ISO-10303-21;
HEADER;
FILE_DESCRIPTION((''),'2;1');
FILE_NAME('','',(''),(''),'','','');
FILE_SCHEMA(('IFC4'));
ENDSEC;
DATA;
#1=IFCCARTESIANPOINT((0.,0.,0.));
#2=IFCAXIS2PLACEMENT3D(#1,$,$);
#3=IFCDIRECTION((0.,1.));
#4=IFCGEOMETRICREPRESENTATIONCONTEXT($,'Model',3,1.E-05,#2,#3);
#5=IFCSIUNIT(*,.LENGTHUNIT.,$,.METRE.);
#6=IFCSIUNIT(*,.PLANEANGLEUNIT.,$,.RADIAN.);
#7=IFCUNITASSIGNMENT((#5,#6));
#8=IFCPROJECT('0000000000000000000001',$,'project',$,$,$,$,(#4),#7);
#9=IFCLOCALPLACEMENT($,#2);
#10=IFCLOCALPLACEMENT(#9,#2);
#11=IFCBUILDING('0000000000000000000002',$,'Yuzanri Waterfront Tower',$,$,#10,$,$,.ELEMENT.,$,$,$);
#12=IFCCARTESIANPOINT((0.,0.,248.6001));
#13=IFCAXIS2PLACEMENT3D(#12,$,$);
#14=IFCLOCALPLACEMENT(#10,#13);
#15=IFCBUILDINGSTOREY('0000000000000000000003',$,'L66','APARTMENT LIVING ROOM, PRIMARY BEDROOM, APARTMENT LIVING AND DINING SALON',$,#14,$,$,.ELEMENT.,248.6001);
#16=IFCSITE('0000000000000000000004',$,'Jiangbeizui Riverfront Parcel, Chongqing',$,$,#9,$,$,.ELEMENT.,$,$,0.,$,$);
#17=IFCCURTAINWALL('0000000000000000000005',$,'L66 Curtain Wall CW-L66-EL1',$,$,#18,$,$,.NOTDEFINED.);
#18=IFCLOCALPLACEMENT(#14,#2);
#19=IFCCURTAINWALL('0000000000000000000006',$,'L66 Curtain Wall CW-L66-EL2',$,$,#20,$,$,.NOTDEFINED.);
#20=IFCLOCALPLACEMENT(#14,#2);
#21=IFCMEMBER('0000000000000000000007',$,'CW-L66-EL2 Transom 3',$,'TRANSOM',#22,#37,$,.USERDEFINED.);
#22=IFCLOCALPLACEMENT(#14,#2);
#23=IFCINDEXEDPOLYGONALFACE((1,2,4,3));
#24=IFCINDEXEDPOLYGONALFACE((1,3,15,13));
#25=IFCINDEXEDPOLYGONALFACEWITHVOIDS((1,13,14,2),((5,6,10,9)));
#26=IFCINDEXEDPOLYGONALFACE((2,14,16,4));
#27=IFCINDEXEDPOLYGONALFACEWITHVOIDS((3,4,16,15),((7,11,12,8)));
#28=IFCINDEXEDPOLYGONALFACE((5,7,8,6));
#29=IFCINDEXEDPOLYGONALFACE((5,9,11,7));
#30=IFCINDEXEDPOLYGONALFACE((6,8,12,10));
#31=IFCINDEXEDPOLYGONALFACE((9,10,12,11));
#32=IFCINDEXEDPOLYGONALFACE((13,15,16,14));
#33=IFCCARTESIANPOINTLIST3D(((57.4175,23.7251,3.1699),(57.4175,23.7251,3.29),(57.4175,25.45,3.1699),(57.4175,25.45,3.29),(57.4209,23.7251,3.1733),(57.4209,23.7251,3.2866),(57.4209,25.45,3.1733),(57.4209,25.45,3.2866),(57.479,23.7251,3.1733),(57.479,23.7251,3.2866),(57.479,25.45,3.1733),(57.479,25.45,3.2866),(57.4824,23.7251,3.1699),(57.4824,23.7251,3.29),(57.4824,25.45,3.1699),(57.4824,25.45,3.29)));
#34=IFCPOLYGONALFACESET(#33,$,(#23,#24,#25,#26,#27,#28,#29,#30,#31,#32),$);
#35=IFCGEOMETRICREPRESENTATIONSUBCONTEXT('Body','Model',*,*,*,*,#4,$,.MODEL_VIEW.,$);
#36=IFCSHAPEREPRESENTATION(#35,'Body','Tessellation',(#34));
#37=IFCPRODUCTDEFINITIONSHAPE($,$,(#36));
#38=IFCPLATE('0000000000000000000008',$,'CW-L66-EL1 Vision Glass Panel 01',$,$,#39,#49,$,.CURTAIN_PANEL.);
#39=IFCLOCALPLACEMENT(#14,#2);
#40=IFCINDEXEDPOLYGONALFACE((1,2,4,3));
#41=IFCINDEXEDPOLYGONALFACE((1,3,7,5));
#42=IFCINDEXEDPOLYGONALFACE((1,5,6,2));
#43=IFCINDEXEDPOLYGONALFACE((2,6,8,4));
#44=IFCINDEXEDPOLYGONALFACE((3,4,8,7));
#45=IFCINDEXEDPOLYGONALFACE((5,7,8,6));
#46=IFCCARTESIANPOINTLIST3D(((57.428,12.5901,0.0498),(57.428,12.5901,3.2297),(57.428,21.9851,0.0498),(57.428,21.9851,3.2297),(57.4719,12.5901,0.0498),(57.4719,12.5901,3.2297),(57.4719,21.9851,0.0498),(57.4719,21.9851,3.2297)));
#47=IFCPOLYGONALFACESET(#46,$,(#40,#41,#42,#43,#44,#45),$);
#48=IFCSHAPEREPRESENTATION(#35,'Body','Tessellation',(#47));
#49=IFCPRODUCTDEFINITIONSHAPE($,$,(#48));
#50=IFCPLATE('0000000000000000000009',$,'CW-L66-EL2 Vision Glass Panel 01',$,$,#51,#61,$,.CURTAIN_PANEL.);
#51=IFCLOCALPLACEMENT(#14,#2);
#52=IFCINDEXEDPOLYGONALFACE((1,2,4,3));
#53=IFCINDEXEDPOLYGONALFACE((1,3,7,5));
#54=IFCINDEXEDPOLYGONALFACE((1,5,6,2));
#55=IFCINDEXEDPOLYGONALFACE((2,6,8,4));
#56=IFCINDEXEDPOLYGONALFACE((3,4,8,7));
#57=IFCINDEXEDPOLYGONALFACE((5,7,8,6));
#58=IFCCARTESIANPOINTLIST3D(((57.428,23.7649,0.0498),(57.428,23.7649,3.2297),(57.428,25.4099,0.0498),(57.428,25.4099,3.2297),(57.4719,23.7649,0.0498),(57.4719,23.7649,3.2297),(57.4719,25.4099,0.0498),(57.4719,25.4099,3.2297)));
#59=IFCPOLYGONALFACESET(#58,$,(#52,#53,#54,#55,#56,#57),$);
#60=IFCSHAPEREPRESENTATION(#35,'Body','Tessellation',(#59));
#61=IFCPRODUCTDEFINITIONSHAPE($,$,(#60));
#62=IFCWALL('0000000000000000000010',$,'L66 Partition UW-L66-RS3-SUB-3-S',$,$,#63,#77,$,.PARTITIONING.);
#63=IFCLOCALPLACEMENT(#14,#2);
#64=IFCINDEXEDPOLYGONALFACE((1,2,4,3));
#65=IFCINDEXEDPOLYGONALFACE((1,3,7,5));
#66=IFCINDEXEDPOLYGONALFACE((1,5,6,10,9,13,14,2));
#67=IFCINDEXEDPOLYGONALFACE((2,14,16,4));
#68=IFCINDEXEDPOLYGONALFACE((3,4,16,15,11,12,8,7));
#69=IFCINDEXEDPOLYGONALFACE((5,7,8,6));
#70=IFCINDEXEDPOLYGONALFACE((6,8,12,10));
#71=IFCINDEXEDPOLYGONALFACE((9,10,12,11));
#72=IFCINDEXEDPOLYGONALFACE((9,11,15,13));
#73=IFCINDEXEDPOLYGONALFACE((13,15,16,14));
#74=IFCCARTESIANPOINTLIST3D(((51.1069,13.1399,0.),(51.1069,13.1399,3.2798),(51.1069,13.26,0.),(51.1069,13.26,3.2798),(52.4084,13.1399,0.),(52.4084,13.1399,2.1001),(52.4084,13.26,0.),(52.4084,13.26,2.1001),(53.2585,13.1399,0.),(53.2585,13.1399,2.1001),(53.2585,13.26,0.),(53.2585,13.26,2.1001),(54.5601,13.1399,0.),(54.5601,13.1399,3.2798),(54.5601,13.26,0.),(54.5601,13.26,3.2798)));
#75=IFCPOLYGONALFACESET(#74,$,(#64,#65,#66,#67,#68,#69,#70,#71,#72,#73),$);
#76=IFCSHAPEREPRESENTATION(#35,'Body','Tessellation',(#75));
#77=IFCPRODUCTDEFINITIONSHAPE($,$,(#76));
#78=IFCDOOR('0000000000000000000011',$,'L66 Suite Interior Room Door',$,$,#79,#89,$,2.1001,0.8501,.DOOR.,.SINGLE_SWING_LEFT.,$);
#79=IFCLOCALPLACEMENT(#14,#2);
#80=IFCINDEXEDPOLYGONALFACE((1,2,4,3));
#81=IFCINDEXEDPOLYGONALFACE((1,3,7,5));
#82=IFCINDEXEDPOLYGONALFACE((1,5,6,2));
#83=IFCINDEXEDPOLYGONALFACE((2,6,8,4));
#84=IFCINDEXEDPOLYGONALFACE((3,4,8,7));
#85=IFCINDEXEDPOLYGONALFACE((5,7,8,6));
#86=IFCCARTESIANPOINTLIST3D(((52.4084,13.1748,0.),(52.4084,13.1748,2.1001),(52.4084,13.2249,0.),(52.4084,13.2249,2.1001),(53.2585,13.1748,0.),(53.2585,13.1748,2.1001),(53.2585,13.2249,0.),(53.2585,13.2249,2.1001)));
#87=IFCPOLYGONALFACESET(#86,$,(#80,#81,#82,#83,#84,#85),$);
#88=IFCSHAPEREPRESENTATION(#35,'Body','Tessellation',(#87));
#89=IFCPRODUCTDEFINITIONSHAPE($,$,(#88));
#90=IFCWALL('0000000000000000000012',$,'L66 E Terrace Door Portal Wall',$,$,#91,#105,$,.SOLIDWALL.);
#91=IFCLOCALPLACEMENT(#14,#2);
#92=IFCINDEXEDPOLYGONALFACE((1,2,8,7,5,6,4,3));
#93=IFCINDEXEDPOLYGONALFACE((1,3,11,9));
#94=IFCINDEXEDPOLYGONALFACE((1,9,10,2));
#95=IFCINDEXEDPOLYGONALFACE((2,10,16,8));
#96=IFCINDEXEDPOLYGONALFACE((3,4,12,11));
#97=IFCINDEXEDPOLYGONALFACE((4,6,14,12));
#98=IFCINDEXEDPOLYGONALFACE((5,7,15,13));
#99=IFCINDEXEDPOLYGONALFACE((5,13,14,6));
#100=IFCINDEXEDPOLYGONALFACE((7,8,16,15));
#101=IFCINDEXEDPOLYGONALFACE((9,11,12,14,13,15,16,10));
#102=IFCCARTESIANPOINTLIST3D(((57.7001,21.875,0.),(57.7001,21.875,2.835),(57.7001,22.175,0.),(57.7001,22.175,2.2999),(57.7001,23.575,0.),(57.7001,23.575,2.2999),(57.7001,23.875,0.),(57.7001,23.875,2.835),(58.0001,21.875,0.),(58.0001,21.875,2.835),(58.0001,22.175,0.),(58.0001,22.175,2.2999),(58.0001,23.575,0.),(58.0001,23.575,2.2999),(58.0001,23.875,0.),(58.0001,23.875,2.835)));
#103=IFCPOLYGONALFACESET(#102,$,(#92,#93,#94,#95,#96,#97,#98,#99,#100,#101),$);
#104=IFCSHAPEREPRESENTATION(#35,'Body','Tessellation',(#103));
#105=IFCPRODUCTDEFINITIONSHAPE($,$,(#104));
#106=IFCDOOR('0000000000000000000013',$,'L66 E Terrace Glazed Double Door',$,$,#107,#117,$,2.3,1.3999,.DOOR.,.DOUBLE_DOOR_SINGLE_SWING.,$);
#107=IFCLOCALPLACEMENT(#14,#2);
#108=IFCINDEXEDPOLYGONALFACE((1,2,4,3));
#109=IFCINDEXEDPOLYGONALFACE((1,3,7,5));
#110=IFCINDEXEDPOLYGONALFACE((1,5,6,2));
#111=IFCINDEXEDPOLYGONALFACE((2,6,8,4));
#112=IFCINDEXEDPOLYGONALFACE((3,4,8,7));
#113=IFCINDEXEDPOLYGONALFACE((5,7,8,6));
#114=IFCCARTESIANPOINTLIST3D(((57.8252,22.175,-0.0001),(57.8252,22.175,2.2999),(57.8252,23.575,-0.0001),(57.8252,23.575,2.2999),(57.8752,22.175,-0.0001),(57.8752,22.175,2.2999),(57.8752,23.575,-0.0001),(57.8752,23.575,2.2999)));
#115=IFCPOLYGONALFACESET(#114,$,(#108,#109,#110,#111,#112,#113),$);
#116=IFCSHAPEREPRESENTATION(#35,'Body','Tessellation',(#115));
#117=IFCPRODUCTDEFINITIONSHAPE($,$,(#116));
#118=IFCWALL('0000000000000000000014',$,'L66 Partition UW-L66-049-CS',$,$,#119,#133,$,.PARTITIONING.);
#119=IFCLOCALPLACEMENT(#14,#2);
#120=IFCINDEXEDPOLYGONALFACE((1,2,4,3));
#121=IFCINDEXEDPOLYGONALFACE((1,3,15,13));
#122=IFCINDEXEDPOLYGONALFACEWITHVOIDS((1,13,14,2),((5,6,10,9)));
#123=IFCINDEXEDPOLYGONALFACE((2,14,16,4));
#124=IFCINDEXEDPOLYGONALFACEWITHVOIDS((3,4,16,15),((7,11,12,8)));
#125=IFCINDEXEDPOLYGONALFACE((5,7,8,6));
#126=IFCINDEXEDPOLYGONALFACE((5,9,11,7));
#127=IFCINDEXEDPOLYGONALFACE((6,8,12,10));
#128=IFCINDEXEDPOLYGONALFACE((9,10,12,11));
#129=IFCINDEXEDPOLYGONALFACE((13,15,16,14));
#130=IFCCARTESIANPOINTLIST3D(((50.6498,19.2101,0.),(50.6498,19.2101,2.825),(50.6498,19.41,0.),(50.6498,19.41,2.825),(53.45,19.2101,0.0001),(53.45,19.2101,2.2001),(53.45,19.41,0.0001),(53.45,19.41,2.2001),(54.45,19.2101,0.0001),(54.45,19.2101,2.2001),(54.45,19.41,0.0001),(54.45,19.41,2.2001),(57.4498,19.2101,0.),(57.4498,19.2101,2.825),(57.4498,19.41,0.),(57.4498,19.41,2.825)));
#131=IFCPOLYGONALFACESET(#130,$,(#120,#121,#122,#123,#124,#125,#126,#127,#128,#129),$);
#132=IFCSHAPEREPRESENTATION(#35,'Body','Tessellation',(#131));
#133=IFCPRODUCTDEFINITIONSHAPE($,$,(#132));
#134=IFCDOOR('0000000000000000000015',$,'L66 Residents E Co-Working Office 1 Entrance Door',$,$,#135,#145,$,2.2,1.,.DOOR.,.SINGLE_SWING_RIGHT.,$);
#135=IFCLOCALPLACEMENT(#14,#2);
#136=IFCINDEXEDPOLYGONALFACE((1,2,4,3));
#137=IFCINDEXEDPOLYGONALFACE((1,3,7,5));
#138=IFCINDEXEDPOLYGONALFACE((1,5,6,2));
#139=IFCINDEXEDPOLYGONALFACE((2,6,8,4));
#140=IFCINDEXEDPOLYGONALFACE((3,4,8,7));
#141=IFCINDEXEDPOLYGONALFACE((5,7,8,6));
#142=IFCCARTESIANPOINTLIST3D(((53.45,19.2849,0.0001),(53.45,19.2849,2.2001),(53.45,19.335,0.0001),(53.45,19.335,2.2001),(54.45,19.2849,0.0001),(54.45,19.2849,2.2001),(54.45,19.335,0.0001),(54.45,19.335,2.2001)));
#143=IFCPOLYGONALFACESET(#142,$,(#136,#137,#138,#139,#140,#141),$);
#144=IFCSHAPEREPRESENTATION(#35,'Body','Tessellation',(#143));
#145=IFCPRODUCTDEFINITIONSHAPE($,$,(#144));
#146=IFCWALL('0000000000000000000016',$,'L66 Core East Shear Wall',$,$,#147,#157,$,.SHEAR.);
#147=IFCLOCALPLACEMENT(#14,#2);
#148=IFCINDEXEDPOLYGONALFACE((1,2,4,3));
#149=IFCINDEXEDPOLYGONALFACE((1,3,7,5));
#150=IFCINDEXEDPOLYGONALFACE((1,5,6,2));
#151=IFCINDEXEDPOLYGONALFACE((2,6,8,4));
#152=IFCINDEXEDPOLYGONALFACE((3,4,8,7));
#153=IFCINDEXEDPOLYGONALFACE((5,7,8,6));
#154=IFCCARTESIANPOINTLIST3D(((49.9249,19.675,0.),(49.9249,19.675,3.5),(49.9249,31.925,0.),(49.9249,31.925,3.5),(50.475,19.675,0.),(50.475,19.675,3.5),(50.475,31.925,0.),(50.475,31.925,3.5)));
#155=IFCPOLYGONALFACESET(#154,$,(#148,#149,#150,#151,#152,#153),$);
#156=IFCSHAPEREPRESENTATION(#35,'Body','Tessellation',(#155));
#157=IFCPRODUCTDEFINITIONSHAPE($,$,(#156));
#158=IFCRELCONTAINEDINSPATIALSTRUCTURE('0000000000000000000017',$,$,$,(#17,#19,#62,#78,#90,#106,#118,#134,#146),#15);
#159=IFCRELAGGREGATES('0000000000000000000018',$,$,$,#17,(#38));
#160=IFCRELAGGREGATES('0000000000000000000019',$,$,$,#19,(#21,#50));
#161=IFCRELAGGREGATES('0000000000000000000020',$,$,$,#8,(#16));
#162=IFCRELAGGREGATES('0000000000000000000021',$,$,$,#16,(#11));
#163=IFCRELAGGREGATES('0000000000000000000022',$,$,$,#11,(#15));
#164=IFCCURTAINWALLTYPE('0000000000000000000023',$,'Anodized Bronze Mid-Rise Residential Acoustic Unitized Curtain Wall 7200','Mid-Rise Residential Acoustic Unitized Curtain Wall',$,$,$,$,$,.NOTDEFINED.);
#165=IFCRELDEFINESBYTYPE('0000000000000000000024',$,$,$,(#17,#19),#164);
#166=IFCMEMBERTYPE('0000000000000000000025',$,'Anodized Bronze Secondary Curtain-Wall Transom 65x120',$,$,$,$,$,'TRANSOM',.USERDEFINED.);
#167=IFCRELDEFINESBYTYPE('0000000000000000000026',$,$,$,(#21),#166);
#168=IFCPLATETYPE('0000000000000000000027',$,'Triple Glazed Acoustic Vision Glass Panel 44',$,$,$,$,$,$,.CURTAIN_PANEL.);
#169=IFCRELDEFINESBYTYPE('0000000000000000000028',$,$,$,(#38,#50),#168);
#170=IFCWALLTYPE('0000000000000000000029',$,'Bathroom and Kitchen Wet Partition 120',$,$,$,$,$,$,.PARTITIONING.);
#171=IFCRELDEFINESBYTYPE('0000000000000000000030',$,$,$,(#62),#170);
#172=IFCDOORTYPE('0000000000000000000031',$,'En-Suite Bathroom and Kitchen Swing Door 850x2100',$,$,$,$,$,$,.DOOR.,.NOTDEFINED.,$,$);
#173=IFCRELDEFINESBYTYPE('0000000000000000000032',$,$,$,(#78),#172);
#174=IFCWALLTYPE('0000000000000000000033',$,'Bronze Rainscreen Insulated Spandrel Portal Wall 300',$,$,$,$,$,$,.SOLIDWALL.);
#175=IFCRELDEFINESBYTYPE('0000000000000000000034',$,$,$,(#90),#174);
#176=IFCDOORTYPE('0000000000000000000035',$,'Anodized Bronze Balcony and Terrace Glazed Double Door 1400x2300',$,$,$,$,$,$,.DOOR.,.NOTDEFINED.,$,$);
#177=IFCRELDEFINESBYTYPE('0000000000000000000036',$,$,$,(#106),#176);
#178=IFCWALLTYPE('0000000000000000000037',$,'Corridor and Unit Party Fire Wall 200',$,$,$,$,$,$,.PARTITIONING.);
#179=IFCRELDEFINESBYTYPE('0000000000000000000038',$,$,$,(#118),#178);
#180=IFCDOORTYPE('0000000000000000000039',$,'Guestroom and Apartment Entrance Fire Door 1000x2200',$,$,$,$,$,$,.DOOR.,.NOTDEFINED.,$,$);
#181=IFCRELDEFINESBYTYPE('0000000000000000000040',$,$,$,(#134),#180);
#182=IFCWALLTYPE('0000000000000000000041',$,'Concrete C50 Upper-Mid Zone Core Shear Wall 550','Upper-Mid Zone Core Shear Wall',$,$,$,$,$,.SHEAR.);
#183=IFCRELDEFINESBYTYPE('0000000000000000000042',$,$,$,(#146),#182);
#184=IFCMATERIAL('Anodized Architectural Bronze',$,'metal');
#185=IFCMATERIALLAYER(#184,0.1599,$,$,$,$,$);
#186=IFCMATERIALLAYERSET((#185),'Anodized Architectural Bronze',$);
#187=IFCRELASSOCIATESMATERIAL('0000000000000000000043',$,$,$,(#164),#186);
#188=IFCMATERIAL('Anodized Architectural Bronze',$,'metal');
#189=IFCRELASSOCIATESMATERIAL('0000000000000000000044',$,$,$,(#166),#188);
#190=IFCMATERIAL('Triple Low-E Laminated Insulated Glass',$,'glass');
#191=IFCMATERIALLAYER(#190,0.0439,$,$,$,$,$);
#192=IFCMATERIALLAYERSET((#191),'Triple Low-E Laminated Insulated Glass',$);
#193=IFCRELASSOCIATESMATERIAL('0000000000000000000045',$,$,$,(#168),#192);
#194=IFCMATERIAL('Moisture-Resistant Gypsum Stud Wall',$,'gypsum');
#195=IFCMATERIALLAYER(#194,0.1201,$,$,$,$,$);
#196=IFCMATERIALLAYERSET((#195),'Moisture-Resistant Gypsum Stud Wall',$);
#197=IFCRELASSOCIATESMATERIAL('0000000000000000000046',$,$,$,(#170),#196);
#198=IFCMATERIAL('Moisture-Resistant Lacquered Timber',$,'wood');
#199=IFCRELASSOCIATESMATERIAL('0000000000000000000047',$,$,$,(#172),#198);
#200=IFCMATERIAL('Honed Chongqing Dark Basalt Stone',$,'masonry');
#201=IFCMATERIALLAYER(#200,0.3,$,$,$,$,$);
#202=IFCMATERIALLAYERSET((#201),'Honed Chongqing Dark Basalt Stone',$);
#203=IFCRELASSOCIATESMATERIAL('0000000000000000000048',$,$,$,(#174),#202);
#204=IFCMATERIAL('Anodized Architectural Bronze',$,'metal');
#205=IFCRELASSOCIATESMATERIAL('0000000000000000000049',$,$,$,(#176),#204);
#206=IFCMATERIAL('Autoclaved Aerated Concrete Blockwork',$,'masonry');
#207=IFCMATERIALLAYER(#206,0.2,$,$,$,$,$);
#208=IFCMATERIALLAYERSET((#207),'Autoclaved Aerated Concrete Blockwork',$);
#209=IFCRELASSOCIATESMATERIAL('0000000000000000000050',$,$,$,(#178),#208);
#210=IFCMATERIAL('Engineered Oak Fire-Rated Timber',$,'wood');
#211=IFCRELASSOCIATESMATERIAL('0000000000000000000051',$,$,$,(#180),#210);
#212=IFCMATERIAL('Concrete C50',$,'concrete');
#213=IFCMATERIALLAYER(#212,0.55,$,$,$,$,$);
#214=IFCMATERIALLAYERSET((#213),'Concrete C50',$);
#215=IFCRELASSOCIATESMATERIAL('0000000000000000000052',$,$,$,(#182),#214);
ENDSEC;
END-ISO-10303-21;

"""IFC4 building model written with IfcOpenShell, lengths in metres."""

from ifc_helpers import new_model, si_unit, direction, frame, frame_2d, origin, origin_2d, place, context, subcontext, project, spatial, rectangle, hollow_rectangle, extrude, source, transform, mapped, material, layer, layer_set, material_profile, profile_set, type_object, element, fill, aggregate, save


model = new_model("IFC4")

# Units and contexts
model_context = context("Model", 3, precision=1e-05, world=origin(), true_north=direction((0.0, 1.0)))
body_context = subcontext(model_context, "Body", "Model", "MODEL_VIEW")
ifc_project = project(units=[si_unit("LENGTHUNIT", "METRE"), si_unit("PLANEANGLEUNIT", "RADIAN")], contexts=[model_context])

# Site, building, storey
site_placement = place(None, origin())
site = spatial("IfcSite", under=ifc_project, at=site_placement, Name="Jiangbeizui Riverfront Parcel, Chongqing", CompositionType="ELEMENT", RefElevation=0.0)
building_placement = place(site_placement, origin())
building = spatial("IfcBuilding", under=site, at=building_placement, Name="Yuzanri Waterfront Tower", CompositionType="ELEMENT")
storey_placement = place(building_placement, frame((0.0, 0.0, 248.6001)))
storey = spatial("IfcBuildingStorey", under=building, at=storey_placement, Name="L66", Description="APARTMENT LIVING ROOM, PRIMARY BEDROOM, APARTMENT LIVING AND DINING SALON", CompositionType="ELEMENT", Elevation=248.6001)

# Curtain walls, member
ifc_material_1 = material(Name="Anodized Architectural Bronze", Category="metal")
ifc_layer_1 = layer(ifc_material_1, 0.1599)
ifc_layer_set_1 = layer_set([ifc_layer_1], Name="Anodized Architectural Bronze")
curtain_wall_type = type_object("IfcCurtainWallType", Name="Anodized Bronze Mid-Rise Residential Acoustic Unitized Curtain Wall 7200", Description="Mid-Rise Residential Acoustic Unitized Curtain Wall", PredefinedType="NOTDEFINED", material=ifc_layer_set_1)
curtain_wall_1_placement = place(storey_placement, origin())
curtain_wall_1 = element("IfcCurtainWall", 1, at=curtain_wall_1_placement, inside=storey, type_object=curtain_wall_type, Name="L66 Curtain Wall CW-L66-EL1", PredefinedType="NOTDEFINED")
curtain_wall_2_placement = place(storey_placement, origin())
curtain_wall_2 = element("IfcCurtainWall", 2, at=curtain_wall_2_placement, inside=storey, type_object=curtain_wall_type, Name="L66 Curtain Wall CW-L66-EL2", PredefinedType="NOTDEFINED")
ifc_material_2 = material(Name="Anodized Architectural Bronze", Category="metal")
ifc_material_profile_1 = material_profile(ifc_material_2, hollow_rectangle(XDim=0.0649, YDim=0.1201, WallThickness=0.0034, at=origin_2d()), Name="CWT 65x120")
ifc_profile_set_1 = profile_set([ifc_material_profile_1], Name="Anodized Architectural Bronze")
member_type_1 = type_object("IfcMemberType", Name="Anodized Bronze Secondary Curtain-Wall Transom 65x120", ElementType="TRANSOM", PredefinedType="USERDEFINED", material=ifc_profile_set_1)
shared_shape_1 = source(origin(), body_context, "Body", "SweptSolid", [
    extrude(hollow_rectangle(XDim=0.0649, YDim=0.1201, WallThickness=0.0034, at=origin_2d()), origin(), (0.0, 0.0, 1.0), 1.7249),
])
member_1_placement = place(storey_placement, frame((57.45, 23.7251, 3.23), z_axis=(0.0, 1.0, 0.0), x_axis=(-1.0, 0.0, 0.0)))
member_1 = element("IfcMember", 3, at=member_1_placement, type_object=member_type_1, Name="CW-L66-EL2 Transom 3", ObjectType="TRANSOM", PredefinedType="USERDEFINED", context=body_context, shape_type="MappedRepresentation", body=[
    mapped(shared_shape_1, transform((0.0, 0.0, 0.0), scale=1.0)),
])

# Plates
ifc_material_3 = material(Name="Triple Low-E Laminated Insulated Glass", Category="glass")
ifc_layer_2 = layer(ifc_material_3, 0.0439)
ifc_layer_set_2 = layer_set([ifc_layer_2], Name="Triple Low-E Laminated Insulated Glass")
plate_type = type_object("IfcPlateType", Name="Triple Glazed Acoustic Vision Glass Panel 44", PredefinedType="CURTAIN_PANEL", material=ifc_layer_set_2)
shared_shape_2 = source(origin(), body_context, "Body", "SweptSolid", [
    extrude(rectangle(XDim=9.395, YDim=0.0439, at=origin_2d()), origin(), (0.0, 0.0, 1.0), 3.1799),
])
plate_1_placement = place(storey_placement, frame((57.45, 17.2876, 0.0498), z_axis=(0.0, 0.0, 1.0), x_axis=(0.0, 1.0, 0.0)))
plate_1 = element("IfcPlate", 4, at=plate_1_placement, type_object=plate_type, Name="CW-L66-EL1 Vision Glass Panel 01", PredefinedType="CURTAIN_PANEL", context=body_context, shape_type="MappedRepresentation", body=[
    mapped(shared_shape_2, transform((0.0, 0.0, 0.0), scale=1.0)),
])
aggregate(curtain_wall_1, [plate_1])
shared_shape_3 = source(origin(), body_context, "Body", "SweptSolid", [
    extrude(rectangle(XDim=1.645, YDim=0.0439, at=origin_2d()), origin(), (0.0, 0.0, 1.0), 3.1799),
])
plate_2_placement = place(storey_placement, frame((57.45, 24.5874, 0.0498), z_axis=(0.0, 0.0, 1.0), x_axis=(0.0, 1.0, 0.0)))
plate_2 = element("IfcPlate", 5, at=plate_2_placement, type_object=plate_type, Name="CW-L66-EL2 Vision Glass Panel 01", PredefinedType="CURTAIN_PANEL", context=body_context, shape_type="MappedRepresentation", body=[
    mapped(shared_shape_3, transform((0.0, 0.0, 0.0), scale=1.0)),
])
aggregate(curtain_wall_2, [member_1, plate_2])

# Walls, openings, doors
ifc_material_4 = material(Name="Moisture-Resistant Gypsum Stud Wall", Category="gypsum")
ifc_layer_3 = layer(ifc_material_4, 0.1201)
ifc_layer_set_3 = layer_set([ifc_layer_3], Name="Moisture-Resistant Gypsum Stud Wall")
wall_type_1 = type_object("IfcWallType", Name="Bathroom and Kitchen Wet Partition 120", PredefinedType="PARTITIONING", material=ifc_layer_set_3)
wall_1_placement = place(storey_placement, frame((51.1069, 13.2, 0.0), z_axis=(0.0, 0.0, 1.0), x_axis=(1.0, 0.0, 0.0)))
wall_1 = element("IfcWall", 6, at=wall_1_placement, inside=storey, type_object=wall_type_1, Name="L66 Partition UW-L66-RS3-SUB-3-S", PredefinedType="PARTITIONING", context=body_context, shape_type="SweptSolid", body=[
    extrude(rectangle(XDim=3.4531, YDim=0.1201, at=frame_2d((1.7266, 0.0))), origin(), (0.0, 0.0, 1.0), 3.2798),
])
opening_1_placement = place(wall_1_placement, frame((1.3015, 0.0, 0.0)))
opening_1 = element("IfcOpeningElement", 7, at=opening_1_placement, cuts=wall_1, PredefinedType="OPENING", context=body_context, shape_type="SweptSolid", body=[
    extrude(rectangle(XDim=0.8501, YDim=2.1001, at=frame_2d((0.425, 1.05))), frame((0.0, 0.075, 0.0), z_axis=(0.0, -1.0, 0.0), x_axis=(1.0, 0.0, 0.0)), (0.0, 0.0, 1.0), 0.1499),
])
ifc_material_5 = material(Name="Moisture-Resistant Lacquered Timber", Category="wood")
door_type_1 = type_object("IfcDoorType", Name="En-Suite Bathroom and Kitchen Swing Door 850x2100", OperationType="NOTDEFINED", PredefinedType="DOOR", material=ifc_material_5)
shared_shape_4 = source(origin(), body_context, "Body", "SweptSolid", [
    extrude(rectangle(XDim=0.8501, YDim=2.1001, at=frame_2d((0.425, 1.05))), frame((0.0, 0.0249, 0.0), z_axis=(0.0, -1.0, 0.0), x_axis=(1.0, 0.0, 0.0)), (0.0, 0.0, 1.0), 0.05),
])
door_1_placement = place(opening_1_placement, origin())
door_1 = element("IfcDoor", 8, at=door_1_placement, inside=storey, type_object=door_type_1, Name="L66 Suite Interior Room Door", OperationType="SINGLE_SWING_LEFT", OverallHeight=2.1001, OverallWidth=0.8501, PredefinedType="DOOR", context=body_context, shape_type="MappedRepresentation", body=[
    mapped(shared_shape_4, transform((0.0, 0.0, 0.0), scale=1.0)),
])
fill(opening_1, door_1)
ifc_material_6 = material(Name="Honed Chongqing Dark Basalt Stone", Category="masonry")
ifc_layer_4 = layer(ifc_material_6, 0.3)
ifc_layer_set_4 = layer_set([ifc_layer_4], Name="Honed Chongqing Dark Basalt Stone")
wall_type_2 = type_object("IfcWallType", Name="Bronze Rainscreen Insulated Spandrel Portal Wall 300", PredefinedType="SOLIDWALL", material=ifc_layer_set_4)
wall_2_placement = place(storey_placement, frame((57.8501, 21.875, 0.0), z_axis=(0.0, 0.0, 1.0), x_axis=(0.0, 1.0, 0.0)))
wall_2 = element("IfcWall", 9, at=wall_2_placement, inside=storey, type_object=wall_type_2, Name="L66 E Terrace Door Portal Wall", PredefinedType="SOLIDWALL", context=body_context, shape_type="SweptSolid", body=[
    extrude(rectangle(XDim=2.0, YDim=0.3, at=frame_2d((1.0, 0.0))), origin(), (0.0, 0.0, 1.0), 2.835),
])
opening_2_placement = place(wall_2_placement, frame((0.3, 0.0, 0.0)))
opening_2 = element("IfcOpeningElement", 10, at=opening_2_placement, cuts=wall_2, PredefinedType="OPENING", context=body_context, shape_type="SweptSolid", body=[
    extrude(rectangle(XDim=1.3999, YDim=2.3, at=frame_2d((0.7, 1.1499))), frame((0.0, 0.165, 0.0), z_axis=(0.0, -1.0, 0.0), x_axis=(1.0, 0.0, 0.0)), (0.0, 0.0, 1.0), 0.3298),
])
ifc_material_7 = material(Name="Anodized Architectural Bronze", Category="metal")
door_type_2 = type_object("IfcDoorType", Name="Anodized Bronze Balcony and Terrace Glazed Double Door 1400x2300", OperationType="NOTDEFINED", PredefinedType="DOOR", material=ifc_material_7)
shared_shape_5 = source(origin(), body_context, "Body", "SweptSolid", [
    extrude(rectangle(XDim=1.3999, YDim=2.3, at=frame_2d((0.7, 1.1499))), frame((0.0, 0.0249, 0.0), z_axis=(0.0, -1.0, 0.0), x_axis=(1.0, 0.0, 0.0)), (0.0, 0.0, 1.0), 0.05),
])
door_2_placement = place(opening_2_placement, origin())
door_2 = element("IfcDoor", 11, at=door_2_placement, inside=storey, type_object=door_type_2, Name="L66 E Terrace Glazed Double Door", OperationType="DOUBLE_DOOR_SINGLE_SWING", OverallHeight=2.3, OverallWidth=1.3999, PredefinedType="DOOR", context=body_context, shape_type="MappedRepresentation", body=[
    mapped(shared_shape_5, transform((0.0, 0.0, 0.0), scale=1.0)),
])
fill(opening_2, door_2)
ifc_material_8 = material(Name="Autoclaved Aerated Concrete Blockwork", Category="masonry")
ifc_layer_5 = layer(ifc_material_8, 0.2)
ifc_layer_set_5 = layer_set([ifc_layer_5], Name="Autoclaved Aerated Concrete Blockwork")
wall_type_3 = type_object("IfcWallType", Name="Corridor and Unit Party Fire Wall 200", PredefinedType="PARTITIONING", material=ifc_layer_set_5)
wall_3_placement = place(storey_placement, frame((50.6499, 19.3101, 0.0), z_axis=(0.0, 0.0, 1.0), x_axis=(1.0, 0.0, 0.0)))
wall_3 = element("IfcWall", 12, at=wall_3_placement, inside=storey, type_object=wall_type_3, Name="L66 Partition UW-L66-049-CS", PredefinedType="PARTITIONING", context=body_context, shape_type="SweptSolid", body=[
    extrude(rectangle(XDim=6.8, YDim=0.2, at=frame_2d((3.3999, 0.0))), origin(), (0.0, 0.0, 1.0), 2.825),
])
opening_3_placement = place(wall_3_placement, frame((2.8, 0.0, 0.0)))
opening_3 = element("IfcOpeningElement", 13, at=opening_3_placement, cuts=wall_3, PredefinedType="OPENING", context=body_context, shape_type="SweptSolid", body=[
    extrude(rectangle(XDim=1.0, YDim=2.2, at=frame_2d((0.5, 1.1001))), frame((0.0, 0.1147, 0.0), z_axis=(0.0, -1.0, 0.0), x_axis=(1.0, 0.0, 0.0)), (0.0, 0.0, 1.0), 0.2297),
])
ifc_material_9 = material(Name="Engineered Oak Fire-Rated Timber", Category="wood")
door_type_3 = type_object("IfcDoorType", Name="Guestroom and Apartment Entrance Fire Door 1000x2200", OperationType="NOTDEFINED", PredefinedType="DOOR", material=ifc_material_9)
shared_shape_6 = source(origin(), body_context, "Body", "SweptSolid", [
    extrude(rectangle(XDim=1.0, YDim=2.2, at=frame_2d((0.5, 1.1001))), frame((0.0, 0.0249, 0.0), z_axis=(0.0, -1.0, 0.0), x_axis=(1.0, 0.0, 0.0)), (0.0, 0.0, 1.0), 0.05),
])
door_3_placement = place(opening_3_placement, origin())
door_3 = element("IfcDoor", 14, at=door_3_placement, inside=storey, type_object=door_type_3, Name="L66 Residents E Co-Working Office 1 Entrance Door", OperationType="SINGLE_SWING_RIGHT", OverallHeight=2.2, OverallWidth=1.0, PredefinedType="DOOR", context=body_context, shape_type="MappedRepresentation", body=[
    mapped(shared_shape_6, transform((0.0, 0.0, 0.0), scale=1.0)),
])
fill(opening_3, door_3)

# Wall
ifc_material_10 = material(Name="Concrete C50", Category="concrete")
ifc_layer_6 = layer(ifc_material_10, 0.55)
ifc_layer_set_6 = layer_set([ifc_layer_6], Name="Concrete C50")
wall_type_4 = type_object("IfcWallType", Name="Concrete C50 Upper-Mid Zone Core Shear Wall 550", Description="Upper-Mid Zone Core Shear Wall", PredefinedType="SHEAR", material=ifc_layer_set_6)
shared_shape_7 = source(origin(), body_context, "Body", "SweptSolid", [
    extrude(rectangle(XDim=12.25, YDim=0.55, at=frame_2d((6.125, 0.0))), origin(), (0.0, 0.0, 1.0), 3.5),
])
wall_4_placement = place(storey_placement, frame((50.2, 19.675, 0.0), z_axis=(0.0, 0.0, 1.0), x_axis=(0.0, 1.0, 0.0)))
element("IfcWall", 15, at=wall_4_placement, inside=storey, type_object=wall_type_4, Name="L66 Core East Shear Wall", PredefinedType="SHEAR", context=body_context, shape_type="MappedRepresentation", body=[
    mapped(shared_shape_7, transform((0.0, 0.0, 0.0), scale=1.0)),
])

save(model, "model.ifc")
